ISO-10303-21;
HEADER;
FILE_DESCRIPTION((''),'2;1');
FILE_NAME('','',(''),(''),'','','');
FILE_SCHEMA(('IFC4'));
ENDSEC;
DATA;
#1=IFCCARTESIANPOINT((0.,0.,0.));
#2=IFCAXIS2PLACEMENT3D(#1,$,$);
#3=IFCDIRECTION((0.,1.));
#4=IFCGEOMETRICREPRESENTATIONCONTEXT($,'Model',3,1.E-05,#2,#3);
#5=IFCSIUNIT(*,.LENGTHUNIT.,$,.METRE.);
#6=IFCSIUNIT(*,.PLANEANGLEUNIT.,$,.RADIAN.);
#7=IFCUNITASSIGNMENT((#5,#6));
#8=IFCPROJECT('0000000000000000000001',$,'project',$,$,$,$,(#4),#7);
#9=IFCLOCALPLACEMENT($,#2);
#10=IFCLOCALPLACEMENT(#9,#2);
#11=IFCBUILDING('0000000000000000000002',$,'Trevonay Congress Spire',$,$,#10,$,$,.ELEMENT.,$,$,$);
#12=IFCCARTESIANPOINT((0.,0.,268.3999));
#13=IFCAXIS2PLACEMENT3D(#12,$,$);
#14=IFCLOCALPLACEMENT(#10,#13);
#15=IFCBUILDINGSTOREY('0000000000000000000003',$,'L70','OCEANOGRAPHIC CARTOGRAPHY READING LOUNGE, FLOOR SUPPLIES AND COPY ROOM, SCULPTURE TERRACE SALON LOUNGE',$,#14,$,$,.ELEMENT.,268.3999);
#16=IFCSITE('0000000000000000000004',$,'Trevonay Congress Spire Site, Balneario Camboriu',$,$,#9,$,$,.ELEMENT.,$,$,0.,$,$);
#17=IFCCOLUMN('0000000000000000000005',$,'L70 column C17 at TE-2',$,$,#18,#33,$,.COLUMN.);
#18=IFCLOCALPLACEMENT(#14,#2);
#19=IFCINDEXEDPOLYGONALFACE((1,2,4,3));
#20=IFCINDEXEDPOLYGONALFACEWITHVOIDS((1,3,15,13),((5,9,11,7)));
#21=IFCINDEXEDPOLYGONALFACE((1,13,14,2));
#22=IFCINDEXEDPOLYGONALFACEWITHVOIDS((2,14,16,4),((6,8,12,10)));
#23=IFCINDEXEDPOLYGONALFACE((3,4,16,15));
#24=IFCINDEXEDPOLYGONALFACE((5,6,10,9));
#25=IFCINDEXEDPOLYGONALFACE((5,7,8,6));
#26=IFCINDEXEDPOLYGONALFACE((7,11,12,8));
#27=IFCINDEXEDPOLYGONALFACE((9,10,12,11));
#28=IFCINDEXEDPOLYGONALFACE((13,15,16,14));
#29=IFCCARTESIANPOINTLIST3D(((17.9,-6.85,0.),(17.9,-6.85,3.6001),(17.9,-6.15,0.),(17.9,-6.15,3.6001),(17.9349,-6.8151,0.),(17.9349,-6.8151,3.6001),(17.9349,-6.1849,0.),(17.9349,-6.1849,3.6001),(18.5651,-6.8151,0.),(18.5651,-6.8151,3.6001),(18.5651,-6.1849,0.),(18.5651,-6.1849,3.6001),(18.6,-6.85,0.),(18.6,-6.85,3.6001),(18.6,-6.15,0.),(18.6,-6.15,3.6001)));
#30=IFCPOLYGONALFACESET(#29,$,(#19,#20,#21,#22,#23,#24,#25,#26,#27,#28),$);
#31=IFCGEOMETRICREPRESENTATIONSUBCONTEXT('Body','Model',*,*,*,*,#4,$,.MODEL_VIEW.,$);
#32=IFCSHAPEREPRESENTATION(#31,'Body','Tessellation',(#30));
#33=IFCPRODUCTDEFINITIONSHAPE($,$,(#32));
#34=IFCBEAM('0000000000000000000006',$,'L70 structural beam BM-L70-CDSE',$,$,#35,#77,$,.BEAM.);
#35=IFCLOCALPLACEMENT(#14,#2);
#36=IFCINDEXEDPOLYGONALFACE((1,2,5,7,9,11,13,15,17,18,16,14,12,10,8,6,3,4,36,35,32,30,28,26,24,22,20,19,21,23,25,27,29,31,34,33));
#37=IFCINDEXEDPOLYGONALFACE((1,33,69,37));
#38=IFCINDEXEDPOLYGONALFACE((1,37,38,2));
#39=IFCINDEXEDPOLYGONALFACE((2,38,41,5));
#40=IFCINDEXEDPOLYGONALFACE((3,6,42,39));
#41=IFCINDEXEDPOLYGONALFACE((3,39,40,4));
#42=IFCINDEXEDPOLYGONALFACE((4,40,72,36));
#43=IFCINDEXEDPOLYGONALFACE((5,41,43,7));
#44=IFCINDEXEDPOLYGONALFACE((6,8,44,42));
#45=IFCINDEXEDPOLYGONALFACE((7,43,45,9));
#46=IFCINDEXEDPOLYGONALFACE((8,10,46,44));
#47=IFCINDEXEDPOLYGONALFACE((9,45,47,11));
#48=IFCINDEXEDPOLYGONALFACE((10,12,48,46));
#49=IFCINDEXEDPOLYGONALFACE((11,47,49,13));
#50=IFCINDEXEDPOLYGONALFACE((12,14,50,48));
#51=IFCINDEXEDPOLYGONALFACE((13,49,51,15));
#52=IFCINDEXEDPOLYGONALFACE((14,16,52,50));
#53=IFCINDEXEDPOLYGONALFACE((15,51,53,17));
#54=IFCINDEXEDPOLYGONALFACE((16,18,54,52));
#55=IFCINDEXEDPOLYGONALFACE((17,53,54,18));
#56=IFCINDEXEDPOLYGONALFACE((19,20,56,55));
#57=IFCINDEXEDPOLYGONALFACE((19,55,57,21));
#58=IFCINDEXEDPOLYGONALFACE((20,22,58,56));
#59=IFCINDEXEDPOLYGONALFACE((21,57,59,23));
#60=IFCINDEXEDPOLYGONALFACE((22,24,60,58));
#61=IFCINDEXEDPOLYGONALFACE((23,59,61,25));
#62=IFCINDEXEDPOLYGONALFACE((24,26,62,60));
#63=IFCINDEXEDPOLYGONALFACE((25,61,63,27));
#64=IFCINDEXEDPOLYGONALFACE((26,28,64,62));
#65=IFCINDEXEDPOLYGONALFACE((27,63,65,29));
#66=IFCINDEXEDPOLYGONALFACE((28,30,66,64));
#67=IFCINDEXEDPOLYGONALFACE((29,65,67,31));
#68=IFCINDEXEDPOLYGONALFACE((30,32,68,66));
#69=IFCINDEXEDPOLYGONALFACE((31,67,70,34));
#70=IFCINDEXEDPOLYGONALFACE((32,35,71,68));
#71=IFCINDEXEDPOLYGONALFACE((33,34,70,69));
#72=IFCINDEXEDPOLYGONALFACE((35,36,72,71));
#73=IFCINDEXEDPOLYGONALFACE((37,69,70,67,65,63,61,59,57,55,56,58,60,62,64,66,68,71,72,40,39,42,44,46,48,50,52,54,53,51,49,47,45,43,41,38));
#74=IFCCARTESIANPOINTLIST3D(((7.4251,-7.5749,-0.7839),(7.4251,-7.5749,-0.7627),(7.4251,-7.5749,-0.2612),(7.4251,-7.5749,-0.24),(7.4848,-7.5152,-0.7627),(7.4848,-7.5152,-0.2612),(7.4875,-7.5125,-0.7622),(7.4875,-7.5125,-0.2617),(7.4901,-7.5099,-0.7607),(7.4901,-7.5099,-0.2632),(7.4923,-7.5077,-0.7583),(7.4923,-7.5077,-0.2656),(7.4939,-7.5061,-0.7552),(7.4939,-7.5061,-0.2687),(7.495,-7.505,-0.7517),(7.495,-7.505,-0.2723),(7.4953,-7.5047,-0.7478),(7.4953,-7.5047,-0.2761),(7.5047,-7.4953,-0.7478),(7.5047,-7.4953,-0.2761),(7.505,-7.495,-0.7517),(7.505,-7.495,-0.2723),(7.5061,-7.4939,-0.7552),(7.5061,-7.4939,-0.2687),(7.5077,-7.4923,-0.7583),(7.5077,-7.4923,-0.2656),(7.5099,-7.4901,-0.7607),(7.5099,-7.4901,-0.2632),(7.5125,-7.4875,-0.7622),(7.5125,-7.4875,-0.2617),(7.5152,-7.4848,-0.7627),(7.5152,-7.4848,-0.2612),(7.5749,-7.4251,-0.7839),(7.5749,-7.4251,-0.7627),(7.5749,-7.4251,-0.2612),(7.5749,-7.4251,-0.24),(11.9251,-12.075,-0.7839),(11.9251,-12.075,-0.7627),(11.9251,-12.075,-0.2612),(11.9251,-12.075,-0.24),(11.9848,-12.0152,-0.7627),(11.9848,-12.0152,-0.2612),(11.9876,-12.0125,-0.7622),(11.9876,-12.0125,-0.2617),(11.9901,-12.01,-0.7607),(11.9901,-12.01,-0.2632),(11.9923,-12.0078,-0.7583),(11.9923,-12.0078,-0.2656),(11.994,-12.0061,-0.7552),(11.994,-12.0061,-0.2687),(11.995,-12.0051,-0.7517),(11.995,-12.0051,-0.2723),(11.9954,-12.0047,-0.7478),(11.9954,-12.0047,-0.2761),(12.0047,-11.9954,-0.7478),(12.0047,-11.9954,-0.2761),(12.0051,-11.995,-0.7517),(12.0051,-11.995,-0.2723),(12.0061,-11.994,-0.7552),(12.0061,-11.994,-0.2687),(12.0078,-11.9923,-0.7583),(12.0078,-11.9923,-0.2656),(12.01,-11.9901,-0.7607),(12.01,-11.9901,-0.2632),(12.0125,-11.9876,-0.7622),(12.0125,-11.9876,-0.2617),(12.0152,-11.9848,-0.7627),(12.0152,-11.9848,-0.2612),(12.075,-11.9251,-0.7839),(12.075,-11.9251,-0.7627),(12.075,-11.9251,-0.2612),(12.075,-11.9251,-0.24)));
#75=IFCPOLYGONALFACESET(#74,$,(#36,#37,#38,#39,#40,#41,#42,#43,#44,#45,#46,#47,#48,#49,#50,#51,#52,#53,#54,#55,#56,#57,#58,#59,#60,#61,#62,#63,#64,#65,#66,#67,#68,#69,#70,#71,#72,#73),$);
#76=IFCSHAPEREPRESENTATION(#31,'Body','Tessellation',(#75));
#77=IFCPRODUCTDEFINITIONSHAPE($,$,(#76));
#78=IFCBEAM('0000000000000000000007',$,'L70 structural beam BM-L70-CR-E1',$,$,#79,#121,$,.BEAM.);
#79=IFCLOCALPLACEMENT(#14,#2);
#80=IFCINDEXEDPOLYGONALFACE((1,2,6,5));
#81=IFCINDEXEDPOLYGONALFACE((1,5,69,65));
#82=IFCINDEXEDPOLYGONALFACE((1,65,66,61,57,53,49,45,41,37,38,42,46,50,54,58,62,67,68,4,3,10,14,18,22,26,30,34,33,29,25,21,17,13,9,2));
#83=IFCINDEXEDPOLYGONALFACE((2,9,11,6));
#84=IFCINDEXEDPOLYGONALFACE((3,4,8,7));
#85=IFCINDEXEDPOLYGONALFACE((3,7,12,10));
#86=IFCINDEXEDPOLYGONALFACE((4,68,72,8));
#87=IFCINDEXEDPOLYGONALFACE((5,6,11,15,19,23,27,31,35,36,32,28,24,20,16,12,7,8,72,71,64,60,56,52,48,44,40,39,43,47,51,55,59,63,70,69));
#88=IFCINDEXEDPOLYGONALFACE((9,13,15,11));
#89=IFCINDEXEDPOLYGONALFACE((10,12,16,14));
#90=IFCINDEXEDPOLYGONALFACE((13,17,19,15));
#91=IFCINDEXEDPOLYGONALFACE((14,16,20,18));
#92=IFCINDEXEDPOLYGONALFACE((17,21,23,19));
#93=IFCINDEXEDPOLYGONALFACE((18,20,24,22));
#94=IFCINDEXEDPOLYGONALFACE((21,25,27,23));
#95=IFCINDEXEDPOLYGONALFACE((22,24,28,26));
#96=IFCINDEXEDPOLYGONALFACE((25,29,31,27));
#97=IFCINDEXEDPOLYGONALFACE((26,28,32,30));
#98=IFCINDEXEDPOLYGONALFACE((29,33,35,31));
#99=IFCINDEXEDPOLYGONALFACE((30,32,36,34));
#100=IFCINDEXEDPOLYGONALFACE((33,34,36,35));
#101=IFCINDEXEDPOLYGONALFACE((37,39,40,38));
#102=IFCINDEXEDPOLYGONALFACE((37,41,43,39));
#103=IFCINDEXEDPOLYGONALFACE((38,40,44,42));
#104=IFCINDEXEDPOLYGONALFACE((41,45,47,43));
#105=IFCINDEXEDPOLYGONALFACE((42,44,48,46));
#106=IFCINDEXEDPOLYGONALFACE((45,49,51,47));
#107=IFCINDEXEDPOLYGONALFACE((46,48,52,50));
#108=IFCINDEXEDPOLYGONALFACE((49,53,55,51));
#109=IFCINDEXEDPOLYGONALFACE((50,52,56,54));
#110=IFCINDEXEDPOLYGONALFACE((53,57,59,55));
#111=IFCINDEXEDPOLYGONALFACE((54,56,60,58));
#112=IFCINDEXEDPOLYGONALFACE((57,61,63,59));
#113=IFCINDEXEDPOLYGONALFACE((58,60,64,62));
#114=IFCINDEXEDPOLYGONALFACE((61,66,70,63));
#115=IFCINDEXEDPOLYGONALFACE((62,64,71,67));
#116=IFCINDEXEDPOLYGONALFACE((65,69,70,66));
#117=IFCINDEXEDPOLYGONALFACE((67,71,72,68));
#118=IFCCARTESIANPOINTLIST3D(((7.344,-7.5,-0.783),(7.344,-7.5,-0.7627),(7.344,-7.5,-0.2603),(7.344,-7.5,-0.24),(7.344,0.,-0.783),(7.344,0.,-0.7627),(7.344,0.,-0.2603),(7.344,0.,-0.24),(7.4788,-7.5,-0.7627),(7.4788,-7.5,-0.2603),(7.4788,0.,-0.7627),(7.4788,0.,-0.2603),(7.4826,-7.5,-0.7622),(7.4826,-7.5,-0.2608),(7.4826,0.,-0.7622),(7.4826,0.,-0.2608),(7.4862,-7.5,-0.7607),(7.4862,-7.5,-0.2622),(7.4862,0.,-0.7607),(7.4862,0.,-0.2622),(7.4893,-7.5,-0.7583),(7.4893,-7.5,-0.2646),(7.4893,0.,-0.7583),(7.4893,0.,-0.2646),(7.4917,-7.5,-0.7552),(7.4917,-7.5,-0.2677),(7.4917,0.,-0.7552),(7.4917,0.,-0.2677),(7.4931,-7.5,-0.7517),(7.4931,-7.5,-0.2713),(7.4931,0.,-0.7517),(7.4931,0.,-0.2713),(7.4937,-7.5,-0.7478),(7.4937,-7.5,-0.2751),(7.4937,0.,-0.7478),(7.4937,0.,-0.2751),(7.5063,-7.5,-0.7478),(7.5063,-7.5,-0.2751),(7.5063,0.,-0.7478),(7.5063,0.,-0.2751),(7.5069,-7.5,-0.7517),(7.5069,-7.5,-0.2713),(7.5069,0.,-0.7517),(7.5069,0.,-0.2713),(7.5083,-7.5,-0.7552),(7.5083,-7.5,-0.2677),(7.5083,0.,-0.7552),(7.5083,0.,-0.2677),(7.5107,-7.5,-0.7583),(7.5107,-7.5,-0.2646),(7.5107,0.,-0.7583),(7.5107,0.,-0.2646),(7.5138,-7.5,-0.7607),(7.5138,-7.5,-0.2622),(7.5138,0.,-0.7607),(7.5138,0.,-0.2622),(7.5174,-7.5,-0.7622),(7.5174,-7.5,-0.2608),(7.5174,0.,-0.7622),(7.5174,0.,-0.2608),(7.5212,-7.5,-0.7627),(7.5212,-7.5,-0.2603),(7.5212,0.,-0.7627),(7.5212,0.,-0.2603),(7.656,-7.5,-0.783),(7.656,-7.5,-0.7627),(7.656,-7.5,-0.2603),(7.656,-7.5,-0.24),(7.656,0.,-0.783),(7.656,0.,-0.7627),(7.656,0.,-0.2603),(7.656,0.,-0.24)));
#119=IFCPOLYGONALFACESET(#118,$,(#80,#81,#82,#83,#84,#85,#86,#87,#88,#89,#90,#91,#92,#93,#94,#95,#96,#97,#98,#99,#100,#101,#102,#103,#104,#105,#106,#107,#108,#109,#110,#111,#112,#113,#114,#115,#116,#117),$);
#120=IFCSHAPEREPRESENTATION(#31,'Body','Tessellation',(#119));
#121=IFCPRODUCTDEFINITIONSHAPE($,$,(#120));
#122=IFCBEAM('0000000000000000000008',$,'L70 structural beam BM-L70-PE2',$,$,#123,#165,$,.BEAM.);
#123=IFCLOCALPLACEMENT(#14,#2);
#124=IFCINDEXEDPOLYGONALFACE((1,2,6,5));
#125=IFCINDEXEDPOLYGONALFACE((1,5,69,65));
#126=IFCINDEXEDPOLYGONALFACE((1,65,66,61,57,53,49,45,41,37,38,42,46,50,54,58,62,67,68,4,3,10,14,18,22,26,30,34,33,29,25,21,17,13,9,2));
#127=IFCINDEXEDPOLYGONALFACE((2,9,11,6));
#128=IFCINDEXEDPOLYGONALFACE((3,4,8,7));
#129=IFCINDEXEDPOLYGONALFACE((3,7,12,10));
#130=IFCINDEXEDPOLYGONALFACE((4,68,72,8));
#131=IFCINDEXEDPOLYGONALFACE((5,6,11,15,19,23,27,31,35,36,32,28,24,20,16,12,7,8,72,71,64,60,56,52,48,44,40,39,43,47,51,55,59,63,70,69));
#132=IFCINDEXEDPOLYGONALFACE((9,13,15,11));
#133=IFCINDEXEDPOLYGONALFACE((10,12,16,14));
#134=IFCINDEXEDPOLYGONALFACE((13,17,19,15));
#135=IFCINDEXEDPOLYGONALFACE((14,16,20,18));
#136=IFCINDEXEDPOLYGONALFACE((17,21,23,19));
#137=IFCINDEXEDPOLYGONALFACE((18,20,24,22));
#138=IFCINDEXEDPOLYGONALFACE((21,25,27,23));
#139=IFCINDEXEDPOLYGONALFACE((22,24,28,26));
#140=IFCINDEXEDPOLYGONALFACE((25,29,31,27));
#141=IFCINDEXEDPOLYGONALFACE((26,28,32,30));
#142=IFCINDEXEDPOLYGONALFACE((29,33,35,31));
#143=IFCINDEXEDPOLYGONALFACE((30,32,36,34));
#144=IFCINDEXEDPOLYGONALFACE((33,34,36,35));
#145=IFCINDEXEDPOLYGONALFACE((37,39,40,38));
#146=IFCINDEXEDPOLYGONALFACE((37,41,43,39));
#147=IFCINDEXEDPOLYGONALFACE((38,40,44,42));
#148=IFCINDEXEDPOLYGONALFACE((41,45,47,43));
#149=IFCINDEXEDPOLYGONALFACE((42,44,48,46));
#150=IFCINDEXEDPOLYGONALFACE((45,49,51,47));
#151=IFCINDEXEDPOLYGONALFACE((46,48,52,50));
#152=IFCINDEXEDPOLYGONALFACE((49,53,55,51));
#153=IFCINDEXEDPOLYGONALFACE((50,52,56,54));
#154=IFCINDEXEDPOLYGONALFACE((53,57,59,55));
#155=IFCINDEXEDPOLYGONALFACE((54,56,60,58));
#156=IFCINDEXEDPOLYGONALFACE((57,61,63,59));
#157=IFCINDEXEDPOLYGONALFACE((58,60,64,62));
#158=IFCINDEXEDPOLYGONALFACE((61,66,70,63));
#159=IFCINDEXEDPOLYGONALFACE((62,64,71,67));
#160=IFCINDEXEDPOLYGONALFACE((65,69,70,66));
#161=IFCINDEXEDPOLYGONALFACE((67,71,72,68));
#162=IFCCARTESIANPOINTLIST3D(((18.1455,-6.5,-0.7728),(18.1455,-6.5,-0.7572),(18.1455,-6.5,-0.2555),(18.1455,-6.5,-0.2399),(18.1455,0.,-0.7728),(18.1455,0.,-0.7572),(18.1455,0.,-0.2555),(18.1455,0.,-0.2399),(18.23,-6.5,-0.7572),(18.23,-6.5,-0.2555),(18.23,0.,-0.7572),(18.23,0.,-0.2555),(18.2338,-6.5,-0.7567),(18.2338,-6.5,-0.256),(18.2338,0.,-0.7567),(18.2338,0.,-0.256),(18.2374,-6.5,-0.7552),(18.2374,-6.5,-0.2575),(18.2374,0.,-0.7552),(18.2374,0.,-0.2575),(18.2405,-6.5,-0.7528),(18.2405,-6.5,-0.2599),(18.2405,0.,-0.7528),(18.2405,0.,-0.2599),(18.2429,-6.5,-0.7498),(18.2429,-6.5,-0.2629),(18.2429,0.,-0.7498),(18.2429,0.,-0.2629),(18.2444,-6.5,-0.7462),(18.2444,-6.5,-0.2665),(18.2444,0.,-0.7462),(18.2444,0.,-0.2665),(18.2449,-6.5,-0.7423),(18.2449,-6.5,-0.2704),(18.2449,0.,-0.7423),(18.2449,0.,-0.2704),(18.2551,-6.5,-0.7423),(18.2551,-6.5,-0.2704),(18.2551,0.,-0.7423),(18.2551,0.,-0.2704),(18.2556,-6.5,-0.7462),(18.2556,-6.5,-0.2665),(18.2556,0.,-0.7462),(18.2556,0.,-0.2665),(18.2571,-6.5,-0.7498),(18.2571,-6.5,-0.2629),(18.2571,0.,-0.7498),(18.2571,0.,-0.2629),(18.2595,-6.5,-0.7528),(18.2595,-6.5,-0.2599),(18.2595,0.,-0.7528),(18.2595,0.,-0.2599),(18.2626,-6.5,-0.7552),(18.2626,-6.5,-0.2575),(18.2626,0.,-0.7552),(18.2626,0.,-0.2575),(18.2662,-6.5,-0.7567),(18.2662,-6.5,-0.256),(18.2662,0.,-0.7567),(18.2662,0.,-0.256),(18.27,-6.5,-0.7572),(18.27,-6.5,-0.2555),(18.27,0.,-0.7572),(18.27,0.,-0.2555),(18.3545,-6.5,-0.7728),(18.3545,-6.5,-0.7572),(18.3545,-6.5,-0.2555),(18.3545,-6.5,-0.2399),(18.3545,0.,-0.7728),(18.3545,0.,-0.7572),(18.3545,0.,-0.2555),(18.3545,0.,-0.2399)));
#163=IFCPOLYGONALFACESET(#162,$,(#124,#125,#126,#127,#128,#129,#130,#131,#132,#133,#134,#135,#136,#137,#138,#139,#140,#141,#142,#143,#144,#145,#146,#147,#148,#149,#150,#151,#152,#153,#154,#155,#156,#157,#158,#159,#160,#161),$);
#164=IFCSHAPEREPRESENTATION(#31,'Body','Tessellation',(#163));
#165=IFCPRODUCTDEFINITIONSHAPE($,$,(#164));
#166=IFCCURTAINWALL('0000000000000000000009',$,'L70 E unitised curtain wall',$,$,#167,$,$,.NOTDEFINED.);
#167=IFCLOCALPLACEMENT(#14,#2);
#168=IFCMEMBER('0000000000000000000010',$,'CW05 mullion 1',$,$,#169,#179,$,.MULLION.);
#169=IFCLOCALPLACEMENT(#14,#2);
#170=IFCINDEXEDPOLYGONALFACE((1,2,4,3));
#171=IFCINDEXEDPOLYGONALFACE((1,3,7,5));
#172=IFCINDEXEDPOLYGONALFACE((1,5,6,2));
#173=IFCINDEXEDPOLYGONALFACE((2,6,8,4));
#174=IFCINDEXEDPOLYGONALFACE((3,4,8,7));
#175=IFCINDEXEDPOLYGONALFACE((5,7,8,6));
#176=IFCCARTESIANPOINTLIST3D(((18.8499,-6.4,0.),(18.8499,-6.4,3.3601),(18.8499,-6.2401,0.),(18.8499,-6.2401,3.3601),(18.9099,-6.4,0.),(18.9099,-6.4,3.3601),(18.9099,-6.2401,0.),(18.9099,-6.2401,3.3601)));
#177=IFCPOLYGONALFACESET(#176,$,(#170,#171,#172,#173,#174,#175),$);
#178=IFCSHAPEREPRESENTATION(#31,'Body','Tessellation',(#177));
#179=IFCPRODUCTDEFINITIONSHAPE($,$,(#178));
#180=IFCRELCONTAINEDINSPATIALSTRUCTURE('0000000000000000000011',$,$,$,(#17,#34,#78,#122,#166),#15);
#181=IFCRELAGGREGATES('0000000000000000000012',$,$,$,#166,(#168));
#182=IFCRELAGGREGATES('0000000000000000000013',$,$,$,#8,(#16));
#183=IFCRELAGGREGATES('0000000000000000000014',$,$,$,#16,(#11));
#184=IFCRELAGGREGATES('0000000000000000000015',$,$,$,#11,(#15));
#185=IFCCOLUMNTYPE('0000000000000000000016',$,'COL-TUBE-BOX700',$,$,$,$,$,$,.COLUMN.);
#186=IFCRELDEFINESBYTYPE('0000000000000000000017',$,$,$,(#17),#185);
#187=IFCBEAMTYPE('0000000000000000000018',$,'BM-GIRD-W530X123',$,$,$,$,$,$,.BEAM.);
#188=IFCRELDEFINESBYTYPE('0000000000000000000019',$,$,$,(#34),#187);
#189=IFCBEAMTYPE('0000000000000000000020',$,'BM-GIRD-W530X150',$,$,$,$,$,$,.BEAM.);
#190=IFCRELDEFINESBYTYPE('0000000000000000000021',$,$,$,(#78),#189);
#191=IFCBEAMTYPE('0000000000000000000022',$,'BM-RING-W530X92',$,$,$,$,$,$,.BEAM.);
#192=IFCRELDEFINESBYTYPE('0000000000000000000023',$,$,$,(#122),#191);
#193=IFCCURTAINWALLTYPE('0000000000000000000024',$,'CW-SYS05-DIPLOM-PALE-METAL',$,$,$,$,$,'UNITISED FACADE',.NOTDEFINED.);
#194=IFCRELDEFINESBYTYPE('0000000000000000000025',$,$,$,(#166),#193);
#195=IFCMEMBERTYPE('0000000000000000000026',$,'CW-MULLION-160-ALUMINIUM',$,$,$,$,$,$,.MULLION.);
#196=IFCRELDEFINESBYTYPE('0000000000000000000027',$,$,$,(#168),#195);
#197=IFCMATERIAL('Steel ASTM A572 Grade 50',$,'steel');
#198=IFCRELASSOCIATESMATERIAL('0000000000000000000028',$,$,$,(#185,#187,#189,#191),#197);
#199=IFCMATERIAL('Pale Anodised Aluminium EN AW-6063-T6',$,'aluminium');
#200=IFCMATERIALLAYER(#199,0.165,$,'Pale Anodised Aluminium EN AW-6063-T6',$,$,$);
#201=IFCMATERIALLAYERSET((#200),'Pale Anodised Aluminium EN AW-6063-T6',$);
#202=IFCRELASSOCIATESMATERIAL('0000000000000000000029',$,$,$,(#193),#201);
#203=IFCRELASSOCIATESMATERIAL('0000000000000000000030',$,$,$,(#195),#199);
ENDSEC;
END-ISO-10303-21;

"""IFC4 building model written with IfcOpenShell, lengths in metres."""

from ifc_helpers import new_model, si_unit, direction, frame, origin, origin_2d, place, context, subcontext, project, spatial, rectangle, hollow_rectangle, i_section, extrude, material, layer, layer_set, material_profile, profile_set, type_object, element, aggregate, save


model = new_model("IFC4")

# Units and contexts
model_context = context("Model", 3, precision=1e-05, world=origin(), true_north=direction((0.0, 1.0)))
body_context = subcontext(model_context, "Body", "Model", "MODEL_VIEW")
ifc_project = project(units=[si_unit("LENGTHUNIT", "METRE"), si_unit("PLANEANGLEUNIT", "RADIAN")], contexts=[model_context])

# Site, building, storey
site_placement = place(None, origin())
site = spatial("IfcSite", under=ifc_project, at=site_placement, Name="Trevonay Congress Spire Site, Balneario Camboriu", CompositionType="ELEMENT", RefElevation=0.0)
building_placement = place(site_placement, origin())
building = spatial("IfcBuilding", under=site, at=building_placement, Name="Trevonay Congress Spire", CompositionType="ELEMENT")
storey_placement = place(building_placement, frame((0.0, 0.0, 268.3999)))
storey = spatial("IfcBuildingStorey", under=building, at=storey_placement, Name="L70", Description="OCEANOGRAPHIC CARTOGRAPHY READING LOUNGE, FLOOR SUPPLIES AND COPY ROOM, SCULPTURE TERRACE SALON LOUNGE", CompositionType="ELEMENT", Elevation=268.3999)

# Column
ifc_material_1 = material(Name="Steel ASTM A572 Grade 50", Category="steel")
ifc_material_profile_1 = material_profile(ifc_material_1, hollow_rectangle(XDim=0.7, YDim=0.7, WallThickness=0.0349, at=origin_2d()), Name="BOX 700x700x35")
ifc_profile_set_1 = profile_set([ifc_material_profile_1], Name="Steel ASTM A572 Grade 50")
column_type = type_object("IfcColumnType", Name="COL-TUBE-BOX700", PredefinedType="COLUMN", material=ifc_profile_set_1)
column_placement = place(storey_placement, frame((18.25, -6.5, 0.0), z_axis=(0.0, 0.0, 1.0), x_axis=(1.0, 0.0, 0.0)))
element("IfcColumn", 1, at=column_placement, inside=storey, type_object=column_type, Name="L70 column C17 at TE-2", PredefinedType="COLUMN", context=body_context, shape_type="SweptSolid", body=[
    extrude(hollow_rectangle(XDim=0.7, YDim=0.7, WallThickness=0.0349, at=origin_2d()), origin(), (0.0, 0.0, 1.0), 3.6001),
])

# Beams
ifc_material_profile_2 = material_profile(ifc_material_1, i_section(OverallWidth=0.2119, OverallDepth=0.5439, WebThickness=0.0132, FlangeThickness=0.0212, FilletRadius=0.0149, at=origin_2d()), Name="W530x123")
ifc_profile_set_2 = profile_set([ifc_material_profile_2], Name="Steel ASTM A572 Grade 50")
beam_type_1 = type_object("IfcBeamType", Name="BM-GIRD-W530X123", PredefinedType="BEAM", material=ifc_profile_set_2)
beam_1_placement = place(storey_placement, frame((7.5, -7.5, -0.512), z_axis=(0.707107, -0.707107, 0.0), x_axis=(0.707107, 0.707107, 0.0)))
element("IfcBeam", 2, at=beam_1_placement, inside=storey, type_object=beam_type_1, Name="L70 structural beam BM-L70-CDSE", PredefinedType="BEAM", context=body_context, shape_type="SweptSolid", body=[
    extrude(i_section(OverallWidth=0.2119, OverallDepth=0.5439, WebThickness=0.0132, FlangeThickness=0.0212, FilletRadius=0.0149, at=origin_2d()), origin(), (0.0, 0.0, 1.0), 6.364),
])
ifc_material_profile_3 = material_profile(ifc_material_1, i_section(OverallWidth=0.312, OverallDepth=0.543, WebThickness=0.0127, FlangeThickness=0.0203, FilletRadius=0.0149, at=origin_2d()), Name="W530x150")
ifc_profile_set_3 = profile_set([ifc_material_profile_3], Name="Steel ASTM A572 Grade 50")
beam_type_2 = type_object("IfcBeamType", Name="BM-GIRD-W530X150", PredefinedType="BEAM", material=ifc_profile_set_3)
beam_2_placement = place(storey_placement, frame((7.5, -7.5, -0.5115), z_axis=(0.0, 1.0, 0.0), x_axis=(-1.0, 0.0, 0.0)))
element("IfcBeam", 3, at=beam_2_placement, inside=storey, type_object=beam_type_2, Name="L70 structural beam BM-L70-CR-E1", PredefinedType="BEAM", context=body_context, shape_type="SweptSolid", body=[
    extrude(i_section(OverallWidth=0.312, OverallDepth=0.543, WebThickness=0.0127, FlangeThickness=0.0203, FilletRadius=0.0149, at=origin_2d()), origin(), (0.0, 0.0, 1.0), 7.5),
])
ifc_material_profile_4 = material_profile(ifc_material_1, i_section(OverallWidth=0.209, OverallDepth=0.533, WebThickness=0.0103, FlangeThickness=0.0156, FilletRadius=0.0149, at=origin_2d()), Name="W530x92")
ifc_profile_set_4 = profile_set([ifc_material_profile_4], Name="Steel ASTM A572 Grade 50")
beam_type_3 = type_object("IfcBeamType", Name="BM-RING-W530X92", PredefinedType="BEAM", material=ifc_profile_set_4)
beam_3_placement = place(storey_placement, frame((18.25, -6.5, -0.5063), z_axis=(0.0, 1.0, 0.0), x_axis=(-1.0, 0.0, 0.0)))
element("IfcBeam", 4, at=beam_3_placement, inside=storey, type_object=beam_type_3, Name="L70 structural beam BM-L70-PE2", PredefinedType="BEAM", context=body_context, shape_type="SweptSolid", body=[
    extrude(i_section(OverallWidth=0.209, OverallDepth=0.533, WebThickness=0.0103, FlangeThickness=0.0156, FilletRadius=0.0149, at=origin_2d()), origin(), (0.0, 0.0, 1.0), 6.5),
])

# Curtain wall, member
ifc_material_2 = material(Name="Pale Anodised Aluminium EN AW-6063-T6", Category="aluminium")
ifc_layer_1 = layer(ifc_material_2, 0.165, Name="Pale Anodised Aluminium EN AW-6063-T6")
ifc_layer_set_1 = layer_set([ifc_layer_1], Name="Pale Anodised Aluminium EN AW-6063-T6")
curtain_wall_type = type_object("IfcCurtainWallType", Name="CW-SYS05-DIPLOM-PALE-METAL", ElementType="UNITISED FACADE", PredefinedType="NOTDEFINED", material=ifc_layer_set_1)
curtain_wall_placement = place(storey_placement, origin())
curtain_wall = element("IfcCurtainWall", 5, at=curtain_wall_placement, inside=storey, type_object=curtain_wall_type, Name="L70 E unitised curtain wall", PredefinedType="NOTDEFINED")
ifc_material_profile_5 = material_profile(ifc_material_2, rectangle(XDim=0.0601, YDim=0.1599, at=origin_2d()), Name="CW-MULLION-160-ALUMINIUM")
ifc_profile_set_5 = profile_set([ifc_material_profile_5], Name="Pale Anodised Aluminium EN AW-6063-T6")
member_type_1 = type_object("IfcMemberType", Name="CW-MULLION-160-ALUMINIUM", PredefinedType="MULLION", material=ifc_profile_set_5)
member_1_placement = place(storey_placement, frame((18.8799, -6.3201, 0.0), z_axis=(0.0, 0.0, 1.0), x_axis=(-1.0, 0.0, 0.0)))
member_1 = element("IfcMember", 6, at=member_1_placement, type_object=member_type_1, Name="CW05 mullion 1", PredefinedType="MULLION", context=body_context, shape_type="SweptSolid", body=[
    extrude(rectangle(XDim=0.0601, YDim=0.1599, at=origin_2d()), origin(), (0.0, 0.0, 1.0), 3.3601),
])

aggregate(curtain_wall, [member_1])

save(model, "model.ifc")
